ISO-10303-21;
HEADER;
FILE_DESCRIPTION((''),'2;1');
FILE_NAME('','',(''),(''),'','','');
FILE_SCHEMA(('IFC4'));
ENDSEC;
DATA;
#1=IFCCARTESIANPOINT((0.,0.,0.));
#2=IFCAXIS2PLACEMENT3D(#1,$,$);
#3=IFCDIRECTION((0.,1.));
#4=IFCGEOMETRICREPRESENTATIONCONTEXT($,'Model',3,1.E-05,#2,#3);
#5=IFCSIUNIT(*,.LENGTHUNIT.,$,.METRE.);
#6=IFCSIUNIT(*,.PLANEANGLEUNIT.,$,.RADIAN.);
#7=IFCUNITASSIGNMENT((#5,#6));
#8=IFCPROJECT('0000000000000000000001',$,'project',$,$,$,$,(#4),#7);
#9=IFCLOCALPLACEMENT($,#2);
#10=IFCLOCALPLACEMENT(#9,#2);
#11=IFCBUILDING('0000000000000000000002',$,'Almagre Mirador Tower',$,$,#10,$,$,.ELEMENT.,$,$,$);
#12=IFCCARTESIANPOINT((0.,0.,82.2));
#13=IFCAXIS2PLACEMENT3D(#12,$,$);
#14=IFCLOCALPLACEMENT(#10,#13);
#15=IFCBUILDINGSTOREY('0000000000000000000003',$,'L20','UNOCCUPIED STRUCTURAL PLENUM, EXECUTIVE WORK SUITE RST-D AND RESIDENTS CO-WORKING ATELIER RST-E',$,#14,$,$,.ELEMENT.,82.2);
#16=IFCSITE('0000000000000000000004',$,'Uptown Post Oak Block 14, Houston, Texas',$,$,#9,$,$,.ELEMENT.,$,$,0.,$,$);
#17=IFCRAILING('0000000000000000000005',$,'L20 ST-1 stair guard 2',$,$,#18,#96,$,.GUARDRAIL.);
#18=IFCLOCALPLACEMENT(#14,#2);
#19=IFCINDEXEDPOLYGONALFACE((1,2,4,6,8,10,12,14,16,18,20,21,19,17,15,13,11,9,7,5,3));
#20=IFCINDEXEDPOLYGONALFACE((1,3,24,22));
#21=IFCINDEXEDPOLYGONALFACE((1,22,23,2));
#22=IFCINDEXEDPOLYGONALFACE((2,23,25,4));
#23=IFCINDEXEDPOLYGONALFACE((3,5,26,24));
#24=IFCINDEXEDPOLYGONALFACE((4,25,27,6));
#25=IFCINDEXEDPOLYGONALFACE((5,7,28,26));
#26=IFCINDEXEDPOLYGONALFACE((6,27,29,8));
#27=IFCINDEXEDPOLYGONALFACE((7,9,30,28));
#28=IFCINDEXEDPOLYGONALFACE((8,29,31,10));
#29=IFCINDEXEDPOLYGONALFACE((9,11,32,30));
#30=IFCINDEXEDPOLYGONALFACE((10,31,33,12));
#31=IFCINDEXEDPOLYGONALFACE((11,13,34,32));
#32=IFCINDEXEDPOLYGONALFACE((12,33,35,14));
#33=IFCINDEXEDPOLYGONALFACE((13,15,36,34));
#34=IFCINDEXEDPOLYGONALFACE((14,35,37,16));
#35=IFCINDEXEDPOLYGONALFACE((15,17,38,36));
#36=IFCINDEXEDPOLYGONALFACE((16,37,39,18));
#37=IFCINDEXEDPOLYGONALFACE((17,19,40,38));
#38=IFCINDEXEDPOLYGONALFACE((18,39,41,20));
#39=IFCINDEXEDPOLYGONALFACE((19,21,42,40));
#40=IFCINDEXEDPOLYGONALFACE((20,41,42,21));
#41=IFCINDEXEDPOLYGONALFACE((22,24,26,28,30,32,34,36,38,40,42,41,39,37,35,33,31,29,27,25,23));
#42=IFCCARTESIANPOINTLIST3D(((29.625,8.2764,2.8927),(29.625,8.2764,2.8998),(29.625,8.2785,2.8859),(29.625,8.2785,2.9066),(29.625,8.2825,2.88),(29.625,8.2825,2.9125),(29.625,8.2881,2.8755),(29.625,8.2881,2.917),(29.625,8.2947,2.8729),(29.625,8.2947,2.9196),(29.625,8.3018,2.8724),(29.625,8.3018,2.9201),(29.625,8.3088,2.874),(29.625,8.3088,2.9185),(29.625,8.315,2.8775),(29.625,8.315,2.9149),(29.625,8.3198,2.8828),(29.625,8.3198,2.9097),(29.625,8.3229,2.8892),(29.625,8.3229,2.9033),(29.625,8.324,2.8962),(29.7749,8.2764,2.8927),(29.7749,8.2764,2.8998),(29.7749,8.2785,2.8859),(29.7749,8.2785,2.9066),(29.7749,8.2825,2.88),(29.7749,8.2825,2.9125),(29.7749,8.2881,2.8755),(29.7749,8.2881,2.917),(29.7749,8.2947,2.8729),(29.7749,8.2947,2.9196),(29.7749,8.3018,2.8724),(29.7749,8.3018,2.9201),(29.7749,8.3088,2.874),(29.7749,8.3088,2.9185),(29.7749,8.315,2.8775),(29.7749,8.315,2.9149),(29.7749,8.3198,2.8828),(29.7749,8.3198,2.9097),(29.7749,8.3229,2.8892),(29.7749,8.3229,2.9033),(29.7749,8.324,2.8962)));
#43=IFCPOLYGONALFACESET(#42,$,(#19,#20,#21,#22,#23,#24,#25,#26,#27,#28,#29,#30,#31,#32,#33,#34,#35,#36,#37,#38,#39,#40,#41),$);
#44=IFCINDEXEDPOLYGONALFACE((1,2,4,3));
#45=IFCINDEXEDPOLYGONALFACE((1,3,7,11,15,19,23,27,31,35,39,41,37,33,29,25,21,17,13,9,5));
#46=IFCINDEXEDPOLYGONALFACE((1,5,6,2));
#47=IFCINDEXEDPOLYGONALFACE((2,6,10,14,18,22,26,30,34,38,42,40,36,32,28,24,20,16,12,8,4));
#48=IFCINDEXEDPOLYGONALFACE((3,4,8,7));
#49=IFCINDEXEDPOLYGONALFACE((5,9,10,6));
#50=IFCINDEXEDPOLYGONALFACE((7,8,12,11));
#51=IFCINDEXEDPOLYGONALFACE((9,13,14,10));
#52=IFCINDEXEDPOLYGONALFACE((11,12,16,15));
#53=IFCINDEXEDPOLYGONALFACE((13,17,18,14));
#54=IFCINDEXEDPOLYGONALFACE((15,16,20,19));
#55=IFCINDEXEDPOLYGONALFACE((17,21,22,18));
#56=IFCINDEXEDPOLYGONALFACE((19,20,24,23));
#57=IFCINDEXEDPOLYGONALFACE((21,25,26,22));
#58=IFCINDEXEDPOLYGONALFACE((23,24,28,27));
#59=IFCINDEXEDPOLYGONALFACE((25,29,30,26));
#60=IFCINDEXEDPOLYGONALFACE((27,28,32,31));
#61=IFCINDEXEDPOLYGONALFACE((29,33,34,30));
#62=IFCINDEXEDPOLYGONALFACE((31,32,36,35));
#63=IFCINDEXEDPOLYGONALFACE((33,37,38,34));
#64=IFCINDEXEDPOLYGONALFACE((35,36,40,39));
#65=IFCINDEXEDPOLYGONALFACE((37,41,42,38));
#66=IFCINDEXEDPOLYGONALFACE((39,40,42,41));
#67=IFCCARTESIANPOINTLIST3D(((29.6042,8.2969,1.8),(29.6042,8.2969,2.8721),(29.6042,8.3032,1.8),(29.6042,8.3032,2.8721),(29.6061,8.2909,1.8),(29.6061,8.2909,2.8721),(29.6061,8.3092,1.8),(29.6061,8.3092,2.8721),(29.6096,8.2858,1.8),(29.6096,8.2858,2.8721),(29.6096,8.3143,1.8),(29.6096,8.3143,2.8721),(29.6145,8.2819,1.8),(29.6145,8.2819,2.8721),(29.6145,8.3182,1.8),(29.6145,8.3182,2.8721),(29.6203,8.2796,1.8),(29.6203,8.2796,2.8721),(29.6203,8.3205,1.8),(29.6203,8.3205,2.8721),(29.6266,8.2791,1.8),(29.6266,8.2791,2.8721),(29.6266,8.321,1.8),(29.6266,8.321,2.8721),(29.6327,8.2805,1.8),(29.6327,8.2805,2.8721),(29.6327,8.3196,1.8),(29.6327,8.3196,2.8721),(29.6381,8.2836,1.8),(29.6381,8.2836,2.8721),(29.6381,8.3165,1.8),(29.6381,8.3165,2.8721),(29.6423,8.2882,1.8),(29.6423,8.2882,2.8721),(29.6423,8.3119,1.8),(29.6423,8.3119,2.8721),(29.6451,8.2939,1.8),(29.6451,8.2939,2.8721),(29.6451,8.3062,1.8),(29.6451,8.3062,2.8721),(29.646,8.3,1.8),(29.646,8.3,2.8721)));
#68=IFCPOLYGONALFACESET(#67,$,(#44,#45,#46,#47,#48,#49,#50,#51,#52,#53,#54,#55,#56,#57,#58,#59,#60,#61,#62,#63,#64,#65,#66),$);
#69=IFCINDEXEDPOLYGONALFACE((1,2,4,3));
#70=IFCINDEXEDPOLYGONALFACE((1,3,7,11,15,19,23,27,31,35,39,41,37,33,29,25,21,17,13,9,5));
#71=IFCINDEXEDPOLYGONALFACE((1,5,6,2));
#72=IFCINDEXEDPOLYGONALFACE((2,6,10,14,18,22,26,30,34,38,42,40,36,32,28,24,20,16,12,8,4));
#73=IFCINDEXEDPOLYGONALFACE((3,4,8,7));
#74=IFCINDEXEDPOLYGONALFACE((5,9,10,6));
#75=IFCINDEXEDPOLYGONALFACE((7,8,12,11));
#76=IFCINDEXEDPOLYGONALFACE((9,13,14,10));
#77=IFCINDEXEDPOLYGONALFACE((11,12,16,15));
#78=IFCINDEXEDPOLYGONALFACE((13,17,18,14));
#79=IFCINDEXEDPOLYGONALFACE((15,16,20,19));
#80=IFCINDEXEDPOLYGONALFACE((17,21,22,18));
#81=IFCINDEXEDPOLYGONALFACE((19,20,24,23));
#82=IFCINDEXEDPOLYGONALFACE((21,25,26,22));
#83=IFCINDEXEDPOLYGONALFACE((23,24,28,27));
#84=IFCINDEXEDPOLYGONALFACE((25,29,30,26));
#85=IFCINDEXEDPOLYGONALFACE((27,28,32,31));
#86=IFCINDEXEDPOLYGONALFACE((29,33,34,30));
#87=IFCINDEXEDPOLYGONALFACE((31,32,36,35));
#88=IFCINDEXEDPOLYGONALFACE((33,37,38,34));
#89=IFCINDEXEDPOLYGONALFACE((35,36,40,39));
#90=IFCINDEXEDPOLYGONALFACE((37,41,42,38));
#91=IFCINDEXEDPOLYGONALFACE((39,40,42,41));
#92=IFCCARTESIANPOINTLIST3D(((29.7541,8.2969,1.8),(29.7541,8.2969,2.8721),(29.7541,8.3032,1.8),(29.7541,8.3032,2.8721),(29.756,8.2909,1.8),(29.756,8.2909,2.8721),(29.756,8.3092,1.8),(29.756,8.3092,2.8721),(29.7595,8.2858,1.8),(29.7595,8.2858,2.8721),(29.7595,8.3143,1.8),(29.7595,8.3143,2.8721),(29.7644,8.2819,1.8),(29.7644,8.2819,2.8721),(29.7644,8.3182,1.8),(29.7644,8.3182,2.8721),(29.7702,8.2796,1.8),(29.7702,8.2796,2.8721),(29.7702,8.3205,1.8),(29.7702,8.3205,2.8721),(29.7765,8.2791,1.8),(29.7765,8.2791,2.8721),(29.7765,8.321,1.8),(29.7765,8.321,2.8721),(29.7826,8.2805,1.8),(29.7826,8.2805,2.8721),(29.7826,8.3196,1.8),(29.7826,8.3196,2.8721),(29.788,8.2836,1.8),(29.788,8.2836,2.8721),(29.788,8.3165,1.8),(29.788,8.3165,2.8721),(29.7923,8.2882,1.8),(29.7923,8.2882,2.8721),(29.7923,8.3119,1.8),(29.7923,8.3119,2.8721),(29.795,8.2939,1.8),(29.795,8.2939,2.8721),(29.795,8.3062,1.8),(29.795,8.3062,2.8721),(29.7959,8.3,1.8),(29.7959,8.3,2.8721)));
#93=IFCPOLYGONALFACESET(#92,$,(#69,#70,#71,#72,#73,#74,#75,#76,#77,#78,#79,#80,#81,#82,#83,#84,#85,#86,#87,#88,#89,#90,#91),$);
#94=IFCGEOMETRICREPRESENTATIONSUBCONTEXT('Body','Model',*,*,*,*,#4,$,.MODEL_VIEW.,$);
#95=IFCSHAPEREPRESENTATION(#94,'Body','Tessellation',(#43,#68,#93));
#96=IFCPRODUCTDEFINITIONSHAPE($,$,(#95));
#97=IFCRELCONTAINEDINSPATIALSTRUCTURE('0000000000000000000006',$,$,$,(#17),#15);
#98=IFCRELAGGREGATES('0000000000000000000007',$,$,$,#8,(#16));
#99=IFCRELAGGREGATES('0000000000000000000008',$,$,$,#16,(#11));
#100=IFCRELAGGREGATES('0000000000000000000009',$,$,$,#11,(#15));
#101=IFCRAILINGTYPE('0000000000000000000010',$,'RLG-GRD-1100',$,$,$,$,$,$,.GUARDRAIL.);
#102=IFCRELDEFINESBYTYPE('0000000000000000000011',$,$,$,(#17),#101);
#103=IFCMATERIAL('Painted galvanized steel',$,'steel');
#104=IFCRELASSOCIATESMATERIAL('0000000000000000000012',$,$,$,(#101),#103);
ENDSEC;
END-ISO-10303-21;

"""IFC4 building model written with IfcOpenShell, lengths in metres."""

from ifc_helpers import new_model, si_unit, direction, frame, origin, origin_2d, place, context, subcontext, project, spatial, circle, extrude, material, type_object, element, save


model = new_model("IFC4")

# Units and contexts
model_context = context("Model", 3, precision=1e-05, world=origin(), true_north=direction((0.0, 1.0)))
body_context = subcontext(model_context, "Body", "Model", "MODEL_VIEW")
ifc_project = project(units=[si_unit("LENGTHUNIT", "METRE"), si_unit("PLANEANGLEUNIT", "RADIAN")], contexts=[model_context])

# Site, building, storey
site_placement = place(None, origin())
site = spatial("IfcSite", under=ifc_project, at=site_placement, Name="Uptown Post Oak Block 14, Houston, Texas", CompositionType="ELEMENT", RefElevation=0.0)
building_placement = place(site_placement, origin())
building = spatial("IfcBuilding", under=site, at=building_placement, Name="Almagre Mirador Tower", CompositionType="ELEMENT")
storey_placement = place(building_placement, frame((0.0, 0.0, 82.2)))
storey = spatial("IfcBuildingStorey", under=building, at=storey_placement, Name="L20", Description="UNOCCUPIED STRUCTURAL PLENUM, EXECUTIVE WORK SUITE RST-D AND RESIDENTS CO-WORKING ATELIER RST-E", CompositionType="ELEMENT", Elevation=82.2)

# Railing
ifc_material_1 = material(Name="Painted galvanized steel", Category="steel")
railing_type_1 = type_object("IfcRailingType", Name="RLG-GRD-1100", PredefinedType="GUARDRAIL", material=ifc_material_1)
railing_1_placement = place(storey_placement, frame((29.625, 8.3, 1.8)))
element("IfcRailing", 1, at=railing_1_placement, inside=storey, type_object=railing_type_1, Name="L20 ST-1 stair guard 2", PredefinedType="GUARDRAIL", context=body_context, shape_type="SweptSolid", body=[
    extrude(circle(Radius=0.0239, at=origin_2d()), frame((0.0, 0.0, 1.0962), z_axis=(1.0, 0.0, 0.0), x_axis=(0.0, 1.0, 0.0)), (0.0, 0.0, 1.0), 0.1499),
    extrude(circle(Radius=0.021, at=origin_2d()), origin(), (0.0, 0.0, 1.0), 1.072),
    extrude(circle(Radius=0.021, at=origin_2d()), frame((0.1499, 0.0, 0.0)), (0.0, 0.0, 1.0), 1.072),
])

save(model, "model.ifc")
